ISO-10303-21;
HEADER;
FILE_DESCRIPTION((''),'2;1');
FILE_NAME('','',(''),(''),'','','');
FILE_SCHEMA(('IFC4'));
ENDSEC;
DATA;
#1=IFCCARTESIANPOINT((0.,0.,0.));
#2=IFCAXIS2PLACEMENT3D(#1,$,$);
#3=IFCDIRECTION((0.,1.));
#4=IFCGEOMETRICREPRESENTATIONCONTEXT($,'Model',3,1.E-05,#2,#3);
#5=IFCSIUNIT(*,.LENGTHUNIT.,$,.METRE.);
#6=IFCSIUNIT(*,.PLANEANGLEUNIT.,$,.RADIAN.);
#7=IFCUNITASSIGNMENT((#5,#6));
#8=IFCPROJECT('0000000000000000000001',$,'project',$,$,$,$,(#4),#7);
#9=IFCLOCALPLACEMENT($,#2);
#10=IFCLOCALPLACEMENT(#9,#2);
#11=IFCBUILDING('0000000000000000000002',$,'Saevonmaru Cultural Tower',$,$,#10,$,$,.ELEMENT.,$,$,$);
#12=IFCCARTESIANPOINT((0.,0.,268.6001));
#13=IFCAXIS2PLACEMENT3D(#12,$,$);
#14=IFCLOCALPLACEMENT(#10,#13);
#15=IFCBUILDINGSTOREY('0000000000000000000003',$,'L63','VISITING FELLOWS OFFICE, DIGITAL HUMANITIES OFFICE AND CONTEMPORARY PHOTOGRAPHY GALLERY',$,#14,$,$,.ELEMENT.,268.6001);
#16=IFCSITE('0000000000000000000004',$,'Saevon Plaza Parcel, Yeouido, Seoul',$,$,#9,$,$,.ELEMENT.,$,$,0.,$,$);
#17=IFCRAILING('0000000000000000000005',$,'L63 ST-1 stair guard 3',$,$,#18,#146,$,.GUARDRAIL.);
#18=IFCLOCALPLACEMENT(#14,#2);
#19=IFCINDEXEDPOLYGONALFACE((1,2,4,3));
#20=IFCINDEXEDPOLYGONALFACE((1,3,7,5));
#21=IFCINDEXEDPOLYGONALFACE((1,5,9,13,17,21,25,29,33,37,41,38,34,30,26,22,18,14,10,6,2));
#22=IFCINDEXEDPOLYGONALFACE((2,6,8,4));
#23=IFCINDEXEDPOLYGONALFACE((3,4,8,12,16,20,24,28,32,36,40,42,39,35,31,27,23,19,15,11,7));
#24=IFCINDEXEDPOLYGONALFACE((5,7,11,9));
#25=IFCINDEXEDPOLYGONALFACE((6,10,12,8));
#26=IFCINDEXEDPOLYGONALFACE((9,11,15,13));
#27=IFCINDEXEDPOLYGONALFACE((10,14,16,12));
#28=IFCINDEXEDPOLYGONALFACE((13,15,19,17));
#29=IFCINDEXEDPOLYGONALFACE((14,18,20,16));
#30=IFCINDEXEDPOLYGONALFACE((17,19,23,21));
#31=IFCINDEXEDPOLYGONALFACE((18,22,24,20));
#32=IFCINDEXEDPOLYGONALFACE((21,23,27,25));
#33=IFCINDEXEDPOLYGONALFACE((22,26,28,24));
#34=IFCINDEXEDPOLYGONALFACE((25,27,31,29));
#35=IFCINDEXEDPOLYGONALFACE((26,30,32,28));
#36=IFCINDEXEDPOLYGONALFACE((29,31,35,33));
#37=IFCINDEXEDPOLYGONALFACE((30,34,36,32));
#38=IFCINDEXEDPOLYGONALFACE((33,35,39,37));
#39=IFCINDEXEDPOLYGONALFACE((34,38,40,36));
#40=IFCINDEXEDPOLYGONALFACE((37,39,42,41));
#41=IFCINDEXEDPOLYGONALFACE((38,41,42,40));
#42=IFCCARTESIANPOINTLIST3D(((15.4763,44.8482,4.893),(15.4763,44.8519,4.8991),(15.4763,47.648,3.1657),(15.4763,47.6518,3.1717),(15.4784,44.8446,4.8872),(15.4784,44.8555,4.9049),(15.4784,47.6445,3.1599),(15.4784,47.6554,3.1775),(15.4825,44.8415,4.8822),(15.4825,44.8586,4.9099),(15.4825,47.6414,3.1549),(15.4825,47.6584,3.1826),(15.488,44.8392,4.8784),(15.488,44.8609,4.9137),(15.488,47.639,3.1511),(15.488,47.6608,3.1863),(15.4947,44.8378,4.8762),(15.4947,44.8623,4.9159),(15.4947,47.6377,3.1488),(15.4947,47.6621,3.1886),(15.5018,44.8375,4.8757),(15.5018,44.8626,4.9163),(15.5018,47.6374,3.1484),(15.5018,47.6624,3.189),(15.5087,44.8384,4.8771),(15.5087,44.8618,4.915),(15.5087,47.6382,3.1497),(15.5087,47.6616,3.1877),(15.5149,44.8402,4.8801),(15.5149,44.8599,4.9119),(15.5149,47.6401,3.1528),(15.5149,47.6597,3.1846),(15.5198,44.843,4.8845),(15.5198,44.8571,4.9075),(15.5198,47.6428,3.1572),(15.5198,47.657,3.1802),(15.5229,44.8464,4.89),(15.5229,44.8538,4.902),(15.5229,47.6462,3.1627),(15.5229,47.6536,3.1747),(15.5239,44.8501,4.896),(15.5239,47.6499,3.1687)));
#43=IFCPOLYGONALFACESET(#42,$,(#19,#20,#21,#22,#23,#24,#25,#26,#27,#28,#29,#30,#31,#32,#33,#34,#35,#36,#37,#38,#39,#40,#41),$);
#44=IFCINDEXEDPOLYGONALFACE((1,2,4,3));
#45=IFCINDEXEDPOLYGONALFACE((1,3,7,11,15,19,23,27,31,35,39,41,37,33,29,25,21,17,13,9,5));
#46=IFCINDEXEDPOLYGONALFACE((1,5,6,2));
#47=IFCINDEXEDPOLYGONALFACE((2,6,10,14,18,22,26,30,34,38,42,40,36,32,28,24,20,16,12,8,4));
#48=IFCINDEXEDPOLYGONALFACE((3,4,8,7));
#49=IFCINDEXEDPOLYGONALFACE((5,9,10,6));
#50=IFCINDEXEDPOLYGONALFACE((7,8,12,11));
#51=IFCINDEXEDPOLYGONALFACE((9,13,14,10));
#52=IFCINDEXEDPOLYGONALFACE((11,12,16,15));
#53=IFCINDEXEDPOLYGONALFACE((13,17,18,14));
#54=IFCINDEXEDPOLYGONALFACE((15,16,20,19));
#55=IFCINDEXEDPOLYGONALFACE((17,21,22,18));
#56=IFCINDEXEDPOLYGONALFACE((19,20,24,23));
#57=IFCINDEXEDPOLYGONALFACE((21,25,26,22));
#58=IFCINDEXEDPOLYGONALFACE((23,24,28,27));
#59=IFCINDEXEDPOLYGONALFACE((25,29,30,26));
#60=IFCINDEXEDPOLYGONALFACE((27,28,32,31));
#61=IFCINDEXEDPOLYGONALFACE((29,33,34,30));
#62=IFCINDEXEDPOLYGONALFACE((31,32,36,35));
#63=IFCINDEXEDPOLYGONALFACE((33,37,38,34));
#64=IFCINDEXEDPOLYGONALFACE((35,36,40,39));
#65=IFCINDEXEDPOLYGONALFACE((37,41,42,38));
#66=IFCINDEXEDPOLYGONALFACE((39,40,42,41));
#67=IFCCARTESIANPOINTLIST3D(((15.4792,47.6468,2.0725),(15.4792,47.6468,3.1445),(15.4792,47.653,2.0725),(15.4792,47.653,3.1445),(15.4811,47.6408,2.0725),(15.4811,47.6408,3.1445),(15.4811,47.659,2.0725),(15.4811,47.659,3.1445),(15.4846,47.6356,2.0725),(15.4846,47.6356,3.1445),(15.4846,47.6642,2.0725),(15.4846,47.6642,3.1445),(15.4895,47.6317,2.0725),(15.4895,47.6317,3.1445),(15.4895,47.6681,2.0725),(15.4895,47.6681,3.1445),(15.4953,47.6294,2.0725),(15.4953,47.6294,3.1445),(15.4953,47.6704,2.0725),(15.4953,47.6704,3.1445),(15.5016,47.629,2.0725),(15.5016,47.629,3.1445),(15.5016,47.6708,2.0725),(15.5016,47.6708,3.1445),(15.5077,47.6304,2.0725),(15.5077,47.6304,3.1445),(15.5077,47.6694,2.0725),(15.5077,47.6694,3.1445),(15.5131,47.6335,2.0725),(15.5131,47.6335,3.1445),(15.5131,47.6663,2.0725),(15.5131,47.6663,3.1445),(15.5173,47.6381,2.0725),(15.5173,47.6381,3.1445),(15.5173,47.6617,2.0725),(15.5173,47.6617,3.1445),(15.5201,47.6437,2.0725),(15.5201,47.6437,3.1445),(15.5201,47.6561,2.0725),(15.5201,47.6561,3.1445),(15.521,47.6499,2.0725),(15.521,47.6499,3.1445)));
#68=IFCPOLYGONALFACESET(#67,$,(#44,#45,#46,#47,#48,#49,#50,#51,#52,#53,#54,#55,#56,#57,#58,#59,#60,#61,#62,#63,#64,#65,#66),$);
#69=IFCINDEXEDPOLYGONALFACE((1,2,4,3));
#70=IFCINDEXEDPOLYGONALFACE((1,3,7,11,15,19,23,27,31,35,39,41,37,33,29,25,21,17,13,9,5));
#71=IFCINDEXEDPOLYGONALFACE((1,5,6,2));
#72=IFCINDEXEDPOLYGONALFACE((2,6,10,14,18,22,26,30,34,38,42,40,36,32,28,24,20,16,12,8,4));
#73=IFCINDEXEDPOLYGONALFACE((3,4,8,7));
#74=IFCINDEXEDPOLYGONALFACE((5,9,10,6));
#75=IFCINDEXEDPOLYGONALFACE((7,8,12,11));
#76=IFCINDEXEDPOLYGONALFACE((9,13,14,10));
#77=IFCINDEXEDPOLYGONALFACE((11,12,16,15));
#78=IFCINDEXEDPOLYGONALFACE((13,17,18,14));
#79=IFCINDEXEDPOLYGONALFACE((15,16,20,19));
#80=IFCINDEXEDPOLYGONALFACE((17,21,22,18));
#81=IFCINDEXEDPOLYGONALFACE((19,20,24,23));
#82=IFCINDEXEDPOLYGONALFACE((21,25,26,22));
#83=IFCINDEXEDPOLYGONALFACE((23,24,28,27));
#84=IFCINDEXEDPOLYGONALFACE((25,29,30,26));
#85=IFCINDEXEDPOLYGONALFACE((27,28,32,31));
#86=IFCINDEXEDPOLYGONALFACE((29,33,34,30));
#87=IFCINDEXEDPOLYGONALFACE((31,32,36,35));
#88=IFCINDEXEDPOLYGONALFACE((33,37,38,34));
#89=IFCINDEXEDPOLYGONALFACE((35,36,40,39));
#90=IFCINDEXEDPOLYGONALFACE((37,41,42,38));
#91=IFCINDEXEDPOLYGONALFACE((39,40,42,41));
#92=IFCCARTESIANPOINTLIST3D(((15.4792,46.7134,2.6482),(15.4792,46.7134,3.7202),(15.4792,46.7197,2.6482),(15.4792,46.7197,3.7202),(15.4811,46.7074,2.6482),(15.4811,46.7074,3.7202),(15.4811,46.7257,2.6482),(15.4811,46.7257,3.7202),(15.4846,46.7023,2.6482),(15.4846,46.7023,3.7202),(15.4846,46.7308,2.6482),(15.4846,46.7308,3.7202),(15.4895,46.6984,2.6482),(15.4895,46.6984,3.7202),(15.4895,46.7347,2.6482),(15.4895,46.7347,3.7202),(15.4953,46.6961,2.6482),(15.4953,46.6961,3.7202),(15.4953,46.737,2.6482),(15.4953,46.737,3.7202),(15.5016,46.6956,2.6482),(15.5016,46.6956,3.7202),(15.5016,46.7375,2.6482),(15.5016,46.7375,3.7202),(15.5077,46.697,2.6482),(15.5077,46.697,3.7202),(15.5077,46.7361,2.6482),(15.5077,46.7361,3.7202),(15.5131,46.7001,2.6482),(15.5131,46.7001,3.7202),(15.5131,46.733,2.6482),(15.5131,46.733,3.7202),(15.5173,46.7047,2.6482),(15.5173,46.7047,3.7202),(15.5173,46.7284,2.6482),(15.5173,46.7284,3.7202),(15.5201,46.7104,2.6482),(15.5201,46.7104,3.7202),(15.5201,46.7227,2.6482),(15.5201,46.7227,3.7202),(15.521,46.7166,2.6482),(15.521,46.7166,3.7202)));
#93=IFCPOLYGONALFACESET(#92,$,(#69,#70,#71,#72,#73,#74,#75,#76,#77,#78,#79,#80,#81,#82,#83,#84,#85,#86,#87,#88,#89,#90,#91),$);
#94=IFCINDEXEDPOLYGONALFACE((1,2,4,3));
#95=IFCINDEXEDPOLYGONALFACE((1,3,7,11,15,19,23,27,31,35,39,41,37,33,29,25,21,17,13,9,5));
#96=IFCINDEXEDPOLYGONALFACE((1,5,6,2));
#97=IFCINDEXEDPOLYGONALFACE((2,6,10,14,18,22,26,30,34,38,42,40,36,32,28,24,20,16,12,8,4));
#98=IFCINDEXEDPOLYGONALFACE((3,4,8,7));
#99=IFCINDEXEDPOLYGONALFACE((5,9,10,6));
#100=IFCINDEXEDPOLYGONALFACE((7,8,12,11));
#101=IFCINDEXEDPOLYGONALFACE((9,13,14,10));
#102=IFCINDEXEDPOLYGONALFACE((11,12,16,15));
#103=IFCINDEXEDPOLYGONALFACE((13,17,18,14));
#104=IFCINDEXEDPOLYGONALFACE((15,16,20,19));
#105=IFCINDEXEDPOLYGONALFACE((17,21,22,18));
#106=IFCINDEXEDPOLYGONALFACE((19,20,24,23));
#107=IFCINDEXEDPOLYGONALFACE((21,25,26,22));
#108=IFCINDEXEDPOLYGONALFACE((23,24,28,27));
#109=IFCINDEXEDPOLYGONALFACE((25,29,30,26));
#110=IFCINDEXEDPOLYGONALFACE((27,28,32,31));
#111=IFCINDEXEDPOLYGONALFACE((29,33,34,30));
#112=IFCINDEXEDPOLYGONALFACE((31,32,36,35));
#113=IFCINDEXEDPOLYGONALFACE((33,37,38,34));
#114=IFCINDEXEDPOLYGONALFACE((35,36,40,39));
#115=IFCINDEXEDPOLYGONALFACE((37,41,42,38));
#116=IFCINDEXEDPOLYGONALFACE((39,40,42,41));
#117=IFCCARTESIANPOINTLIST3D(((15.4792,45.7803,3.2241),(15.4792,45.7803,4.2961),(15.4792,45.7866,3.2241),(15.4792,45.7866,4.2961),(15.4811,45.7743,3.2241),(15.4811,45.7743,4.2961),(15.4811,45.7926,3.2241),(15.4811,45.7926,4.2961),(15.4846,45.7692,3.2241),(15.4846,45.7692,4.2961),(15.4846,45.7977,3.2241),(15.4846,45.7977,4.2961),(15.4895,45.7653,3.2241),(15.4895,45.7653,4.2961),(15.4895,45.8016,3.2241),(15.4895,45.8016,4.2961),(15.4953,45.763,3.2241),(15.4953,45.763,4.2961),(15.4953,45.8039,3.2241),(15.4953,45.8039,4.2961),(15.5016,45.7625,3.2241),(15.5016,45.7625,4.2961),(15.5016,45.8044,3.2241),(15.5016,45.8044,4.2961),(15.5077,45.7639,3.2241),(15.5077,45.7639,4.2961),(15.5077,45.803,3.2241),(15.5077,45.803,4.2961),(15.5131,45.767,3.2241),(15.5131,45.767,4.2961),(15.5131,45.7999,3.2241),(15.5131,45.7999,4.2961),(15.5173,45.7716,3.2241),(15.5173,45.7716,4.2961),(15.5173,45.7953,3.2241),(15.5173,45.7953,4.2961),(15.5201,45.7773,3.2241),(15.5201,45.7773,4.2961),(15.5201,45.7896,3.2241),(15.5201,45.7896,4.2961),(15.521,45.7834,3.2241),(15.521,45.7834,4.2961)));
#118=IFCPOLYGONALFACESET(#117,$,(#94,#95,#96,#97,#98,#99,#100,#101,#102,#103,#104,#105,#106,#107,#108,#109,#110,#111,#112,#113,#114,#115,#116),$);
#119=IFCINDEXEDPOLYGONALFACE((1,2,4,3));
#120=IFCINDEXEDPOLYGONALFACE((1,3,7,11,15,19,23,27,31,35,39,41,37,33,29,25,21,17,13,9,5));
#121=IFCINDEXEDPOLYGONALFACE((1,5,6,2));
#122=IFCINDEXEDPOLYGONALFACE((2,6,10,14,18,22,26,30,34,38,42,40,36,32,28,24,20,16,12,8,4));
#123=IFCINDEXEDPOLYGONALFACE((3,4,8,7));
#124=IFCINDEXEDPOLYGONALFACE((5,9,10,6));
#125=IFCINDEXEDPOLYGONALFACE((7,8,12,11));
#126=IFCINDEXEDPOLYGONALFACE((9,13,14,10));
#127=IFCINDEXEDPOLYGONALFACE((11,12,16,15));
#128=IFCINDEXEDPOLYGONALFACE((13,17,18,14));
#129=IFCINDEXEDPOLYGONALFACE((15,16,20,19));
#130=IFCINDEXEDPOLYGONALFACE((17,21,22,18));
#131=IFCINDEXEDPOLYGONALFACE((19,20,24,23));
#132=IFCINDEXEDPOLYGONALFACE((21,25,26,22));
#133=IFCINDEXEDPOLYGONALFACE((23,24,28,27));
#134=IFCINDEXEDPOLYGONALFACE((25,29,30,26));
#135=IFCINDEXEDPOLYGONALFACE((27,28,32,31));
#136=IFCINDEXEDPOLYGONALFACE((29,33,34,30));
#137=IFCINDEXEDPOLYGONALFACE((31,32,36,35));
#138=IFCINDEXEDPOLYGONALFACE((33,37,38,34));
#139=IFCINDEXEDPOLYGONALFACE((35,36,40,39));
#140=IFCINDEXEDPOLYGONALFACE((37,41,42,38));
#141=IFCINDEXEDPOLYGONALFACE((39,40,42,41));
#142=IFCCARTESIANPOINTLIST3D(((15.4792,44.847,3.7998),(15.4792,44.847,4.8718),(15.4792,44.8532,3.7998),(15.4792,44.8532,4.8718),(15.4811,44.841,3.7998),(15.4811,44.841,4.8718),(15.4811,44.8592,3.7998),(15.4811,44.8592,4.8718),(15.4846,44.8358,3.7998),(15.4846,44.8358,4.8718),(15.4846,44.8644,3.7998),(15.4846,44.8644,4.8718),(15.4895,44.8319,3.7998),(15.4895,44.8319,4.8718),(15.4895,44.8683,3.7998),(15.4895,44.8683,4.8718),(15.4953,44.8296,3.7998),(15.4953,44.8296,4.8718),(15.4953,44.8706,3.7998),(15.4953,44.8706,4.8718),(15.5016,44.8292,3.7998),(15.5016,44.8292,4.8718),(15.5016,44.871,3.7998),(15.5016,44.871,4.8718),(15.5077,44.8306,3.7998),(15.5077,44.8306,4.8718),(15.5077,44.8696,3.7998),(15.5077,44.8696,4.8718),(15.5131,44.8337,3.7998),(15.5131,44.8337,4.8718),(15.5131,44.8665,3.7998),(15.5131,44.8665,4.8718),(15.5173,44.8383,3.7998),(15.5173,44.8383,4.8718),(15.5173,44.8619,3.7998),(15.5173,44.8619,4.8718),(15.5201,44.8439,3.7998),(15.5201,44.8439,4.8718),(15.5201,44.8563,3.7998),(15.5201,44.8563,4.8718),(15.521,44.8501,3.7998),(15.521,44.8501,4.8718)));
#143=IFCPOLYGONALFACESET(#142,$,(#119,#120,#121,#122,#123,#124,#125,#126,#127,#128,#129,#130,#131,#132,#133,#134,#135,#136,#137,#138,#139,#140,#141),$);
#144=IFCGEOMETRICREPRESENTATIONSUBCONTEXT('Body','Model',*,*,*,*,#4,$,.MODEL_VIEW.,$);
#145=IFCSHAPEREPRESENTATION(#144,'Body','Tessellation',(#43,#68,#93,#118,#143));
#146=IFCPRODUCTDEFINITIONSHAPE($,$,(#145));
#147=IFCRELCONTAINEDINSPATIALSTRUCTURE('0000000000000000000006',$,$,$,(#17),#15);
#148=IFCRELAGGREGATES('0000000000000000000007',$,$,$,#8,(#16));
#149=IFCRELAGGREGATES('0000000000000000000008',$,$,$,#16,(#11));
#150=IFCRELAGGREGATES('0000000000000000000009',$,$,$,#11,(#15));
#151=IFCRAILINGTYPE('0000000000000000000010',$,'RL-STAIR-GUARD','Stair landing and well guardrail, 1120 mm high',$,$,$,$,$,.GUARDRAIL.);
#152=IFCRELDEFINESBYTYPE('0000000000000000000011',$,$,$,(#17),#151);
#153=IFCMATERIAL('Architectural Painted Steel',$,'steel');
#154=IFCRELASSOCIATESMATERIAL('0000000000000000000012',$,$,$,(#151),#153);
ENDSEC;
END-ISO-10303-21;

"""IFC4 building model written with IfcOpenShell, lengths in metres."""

from ifc_helpers import new_model, si_unit, direction, frame, origin, origin_2d, place, context, subcontext, project, spatial, circle, extrude, material, type_object, element, save


model = new_model("IFC4")

# Units and contexts
model_context = context("Model", 3, precision=1e-05, world=origin(), true_north=direction((0.0, 1.0)))
body_context = subcontext(model_context, "Body", "Model", "MODEL_VIEW")
ifc_project = project(units=[si_unit("LENGTHUNIT", "METRE"), si_unit("PLANEANGLEUNIT", "RADIAN")], contexts=[model_context])

# Site, building, storey
site_placement = place(None, origin())
site = spatial("IfcSite", under=ifc_project, at=site_placement, Name="Saevon Plaza Parcel, Yeouido, Seoul", CompositionType="ELEMENT", RefElevation=0.0)
building_placement = place(site_placement, origin())
building = spatial("IfcBuilding", under=site, at=building_placement, Name="Saevonmaru Cultural Tower", CompositionType="ELEMENT")
storey_placement = place(building_placement, frame((0.0, 0.0, 268.6001)))
storey = spatial("IfcBuildingStorey", under=building, at=storey_placement, Name="L63", Description="VISITING FELLOWS OFFICE, DIGITAL HUMANITIES OFFICE AND CONTEMPORARY PHOTOGRAPHY GALLERY", CompositionType="ELEMENT", Elevation=268.6001)

# Railing
ifc_material_1 = material(Name="Architectural Painted Steel", Category="steel")
railing_type_1 = type_object("IfcRailingType", Name="RL-STAIR-GUARD", Description="Stair landing and well guardrail, 1120 mm high", PredefinedType="GUARDRAIL", material=ifc_material_1)
railing_1_placement = place(storey_placement, frame((15.5, 47.6499, 2.0725)))
element("IfcRailing", 1, at=railing_1_placement, inside=storey, type_object=railing_type_1, Name="L63 ST-1 stair guard 3", PredefinedType="GUARDRAIL", context=body_context, shape_type="SweptSolid", body=[
    extrude(circle(Radius=0.0239, at=origin_2d()), frame((0.0, 0.0, 1.0962), z_axis=(0.0, -0.851069, 0.525054), x_axis=(1.0, 0.0, 0.0)), (0.0, 0.0, 1.0), 3.2898),
    extrude(circle(Radius=0.021, at=origin_2d()), origin(), (0.0, 0.0, 1.0), 1.072),
    extrude(circle(Radius=0.021, at=origin_2d()), frame((0.0, -0.9333, 0.5757)), (0.0, 0.0, 1.0), 1.072),
    extrude(circle(Radius=0.021, at=origin_2d()), frame((0.0, -1.8665, 1.1516)), (0.0, 0.0, 1.0), 1.072),
    extrude(circle(Radius=0.021, at=origin_2d()), frame((0.0, -2.7998, 1.7273)), (0.0, 0.0, 1.0), 1.072),
])

save(model, "model.ifc")
